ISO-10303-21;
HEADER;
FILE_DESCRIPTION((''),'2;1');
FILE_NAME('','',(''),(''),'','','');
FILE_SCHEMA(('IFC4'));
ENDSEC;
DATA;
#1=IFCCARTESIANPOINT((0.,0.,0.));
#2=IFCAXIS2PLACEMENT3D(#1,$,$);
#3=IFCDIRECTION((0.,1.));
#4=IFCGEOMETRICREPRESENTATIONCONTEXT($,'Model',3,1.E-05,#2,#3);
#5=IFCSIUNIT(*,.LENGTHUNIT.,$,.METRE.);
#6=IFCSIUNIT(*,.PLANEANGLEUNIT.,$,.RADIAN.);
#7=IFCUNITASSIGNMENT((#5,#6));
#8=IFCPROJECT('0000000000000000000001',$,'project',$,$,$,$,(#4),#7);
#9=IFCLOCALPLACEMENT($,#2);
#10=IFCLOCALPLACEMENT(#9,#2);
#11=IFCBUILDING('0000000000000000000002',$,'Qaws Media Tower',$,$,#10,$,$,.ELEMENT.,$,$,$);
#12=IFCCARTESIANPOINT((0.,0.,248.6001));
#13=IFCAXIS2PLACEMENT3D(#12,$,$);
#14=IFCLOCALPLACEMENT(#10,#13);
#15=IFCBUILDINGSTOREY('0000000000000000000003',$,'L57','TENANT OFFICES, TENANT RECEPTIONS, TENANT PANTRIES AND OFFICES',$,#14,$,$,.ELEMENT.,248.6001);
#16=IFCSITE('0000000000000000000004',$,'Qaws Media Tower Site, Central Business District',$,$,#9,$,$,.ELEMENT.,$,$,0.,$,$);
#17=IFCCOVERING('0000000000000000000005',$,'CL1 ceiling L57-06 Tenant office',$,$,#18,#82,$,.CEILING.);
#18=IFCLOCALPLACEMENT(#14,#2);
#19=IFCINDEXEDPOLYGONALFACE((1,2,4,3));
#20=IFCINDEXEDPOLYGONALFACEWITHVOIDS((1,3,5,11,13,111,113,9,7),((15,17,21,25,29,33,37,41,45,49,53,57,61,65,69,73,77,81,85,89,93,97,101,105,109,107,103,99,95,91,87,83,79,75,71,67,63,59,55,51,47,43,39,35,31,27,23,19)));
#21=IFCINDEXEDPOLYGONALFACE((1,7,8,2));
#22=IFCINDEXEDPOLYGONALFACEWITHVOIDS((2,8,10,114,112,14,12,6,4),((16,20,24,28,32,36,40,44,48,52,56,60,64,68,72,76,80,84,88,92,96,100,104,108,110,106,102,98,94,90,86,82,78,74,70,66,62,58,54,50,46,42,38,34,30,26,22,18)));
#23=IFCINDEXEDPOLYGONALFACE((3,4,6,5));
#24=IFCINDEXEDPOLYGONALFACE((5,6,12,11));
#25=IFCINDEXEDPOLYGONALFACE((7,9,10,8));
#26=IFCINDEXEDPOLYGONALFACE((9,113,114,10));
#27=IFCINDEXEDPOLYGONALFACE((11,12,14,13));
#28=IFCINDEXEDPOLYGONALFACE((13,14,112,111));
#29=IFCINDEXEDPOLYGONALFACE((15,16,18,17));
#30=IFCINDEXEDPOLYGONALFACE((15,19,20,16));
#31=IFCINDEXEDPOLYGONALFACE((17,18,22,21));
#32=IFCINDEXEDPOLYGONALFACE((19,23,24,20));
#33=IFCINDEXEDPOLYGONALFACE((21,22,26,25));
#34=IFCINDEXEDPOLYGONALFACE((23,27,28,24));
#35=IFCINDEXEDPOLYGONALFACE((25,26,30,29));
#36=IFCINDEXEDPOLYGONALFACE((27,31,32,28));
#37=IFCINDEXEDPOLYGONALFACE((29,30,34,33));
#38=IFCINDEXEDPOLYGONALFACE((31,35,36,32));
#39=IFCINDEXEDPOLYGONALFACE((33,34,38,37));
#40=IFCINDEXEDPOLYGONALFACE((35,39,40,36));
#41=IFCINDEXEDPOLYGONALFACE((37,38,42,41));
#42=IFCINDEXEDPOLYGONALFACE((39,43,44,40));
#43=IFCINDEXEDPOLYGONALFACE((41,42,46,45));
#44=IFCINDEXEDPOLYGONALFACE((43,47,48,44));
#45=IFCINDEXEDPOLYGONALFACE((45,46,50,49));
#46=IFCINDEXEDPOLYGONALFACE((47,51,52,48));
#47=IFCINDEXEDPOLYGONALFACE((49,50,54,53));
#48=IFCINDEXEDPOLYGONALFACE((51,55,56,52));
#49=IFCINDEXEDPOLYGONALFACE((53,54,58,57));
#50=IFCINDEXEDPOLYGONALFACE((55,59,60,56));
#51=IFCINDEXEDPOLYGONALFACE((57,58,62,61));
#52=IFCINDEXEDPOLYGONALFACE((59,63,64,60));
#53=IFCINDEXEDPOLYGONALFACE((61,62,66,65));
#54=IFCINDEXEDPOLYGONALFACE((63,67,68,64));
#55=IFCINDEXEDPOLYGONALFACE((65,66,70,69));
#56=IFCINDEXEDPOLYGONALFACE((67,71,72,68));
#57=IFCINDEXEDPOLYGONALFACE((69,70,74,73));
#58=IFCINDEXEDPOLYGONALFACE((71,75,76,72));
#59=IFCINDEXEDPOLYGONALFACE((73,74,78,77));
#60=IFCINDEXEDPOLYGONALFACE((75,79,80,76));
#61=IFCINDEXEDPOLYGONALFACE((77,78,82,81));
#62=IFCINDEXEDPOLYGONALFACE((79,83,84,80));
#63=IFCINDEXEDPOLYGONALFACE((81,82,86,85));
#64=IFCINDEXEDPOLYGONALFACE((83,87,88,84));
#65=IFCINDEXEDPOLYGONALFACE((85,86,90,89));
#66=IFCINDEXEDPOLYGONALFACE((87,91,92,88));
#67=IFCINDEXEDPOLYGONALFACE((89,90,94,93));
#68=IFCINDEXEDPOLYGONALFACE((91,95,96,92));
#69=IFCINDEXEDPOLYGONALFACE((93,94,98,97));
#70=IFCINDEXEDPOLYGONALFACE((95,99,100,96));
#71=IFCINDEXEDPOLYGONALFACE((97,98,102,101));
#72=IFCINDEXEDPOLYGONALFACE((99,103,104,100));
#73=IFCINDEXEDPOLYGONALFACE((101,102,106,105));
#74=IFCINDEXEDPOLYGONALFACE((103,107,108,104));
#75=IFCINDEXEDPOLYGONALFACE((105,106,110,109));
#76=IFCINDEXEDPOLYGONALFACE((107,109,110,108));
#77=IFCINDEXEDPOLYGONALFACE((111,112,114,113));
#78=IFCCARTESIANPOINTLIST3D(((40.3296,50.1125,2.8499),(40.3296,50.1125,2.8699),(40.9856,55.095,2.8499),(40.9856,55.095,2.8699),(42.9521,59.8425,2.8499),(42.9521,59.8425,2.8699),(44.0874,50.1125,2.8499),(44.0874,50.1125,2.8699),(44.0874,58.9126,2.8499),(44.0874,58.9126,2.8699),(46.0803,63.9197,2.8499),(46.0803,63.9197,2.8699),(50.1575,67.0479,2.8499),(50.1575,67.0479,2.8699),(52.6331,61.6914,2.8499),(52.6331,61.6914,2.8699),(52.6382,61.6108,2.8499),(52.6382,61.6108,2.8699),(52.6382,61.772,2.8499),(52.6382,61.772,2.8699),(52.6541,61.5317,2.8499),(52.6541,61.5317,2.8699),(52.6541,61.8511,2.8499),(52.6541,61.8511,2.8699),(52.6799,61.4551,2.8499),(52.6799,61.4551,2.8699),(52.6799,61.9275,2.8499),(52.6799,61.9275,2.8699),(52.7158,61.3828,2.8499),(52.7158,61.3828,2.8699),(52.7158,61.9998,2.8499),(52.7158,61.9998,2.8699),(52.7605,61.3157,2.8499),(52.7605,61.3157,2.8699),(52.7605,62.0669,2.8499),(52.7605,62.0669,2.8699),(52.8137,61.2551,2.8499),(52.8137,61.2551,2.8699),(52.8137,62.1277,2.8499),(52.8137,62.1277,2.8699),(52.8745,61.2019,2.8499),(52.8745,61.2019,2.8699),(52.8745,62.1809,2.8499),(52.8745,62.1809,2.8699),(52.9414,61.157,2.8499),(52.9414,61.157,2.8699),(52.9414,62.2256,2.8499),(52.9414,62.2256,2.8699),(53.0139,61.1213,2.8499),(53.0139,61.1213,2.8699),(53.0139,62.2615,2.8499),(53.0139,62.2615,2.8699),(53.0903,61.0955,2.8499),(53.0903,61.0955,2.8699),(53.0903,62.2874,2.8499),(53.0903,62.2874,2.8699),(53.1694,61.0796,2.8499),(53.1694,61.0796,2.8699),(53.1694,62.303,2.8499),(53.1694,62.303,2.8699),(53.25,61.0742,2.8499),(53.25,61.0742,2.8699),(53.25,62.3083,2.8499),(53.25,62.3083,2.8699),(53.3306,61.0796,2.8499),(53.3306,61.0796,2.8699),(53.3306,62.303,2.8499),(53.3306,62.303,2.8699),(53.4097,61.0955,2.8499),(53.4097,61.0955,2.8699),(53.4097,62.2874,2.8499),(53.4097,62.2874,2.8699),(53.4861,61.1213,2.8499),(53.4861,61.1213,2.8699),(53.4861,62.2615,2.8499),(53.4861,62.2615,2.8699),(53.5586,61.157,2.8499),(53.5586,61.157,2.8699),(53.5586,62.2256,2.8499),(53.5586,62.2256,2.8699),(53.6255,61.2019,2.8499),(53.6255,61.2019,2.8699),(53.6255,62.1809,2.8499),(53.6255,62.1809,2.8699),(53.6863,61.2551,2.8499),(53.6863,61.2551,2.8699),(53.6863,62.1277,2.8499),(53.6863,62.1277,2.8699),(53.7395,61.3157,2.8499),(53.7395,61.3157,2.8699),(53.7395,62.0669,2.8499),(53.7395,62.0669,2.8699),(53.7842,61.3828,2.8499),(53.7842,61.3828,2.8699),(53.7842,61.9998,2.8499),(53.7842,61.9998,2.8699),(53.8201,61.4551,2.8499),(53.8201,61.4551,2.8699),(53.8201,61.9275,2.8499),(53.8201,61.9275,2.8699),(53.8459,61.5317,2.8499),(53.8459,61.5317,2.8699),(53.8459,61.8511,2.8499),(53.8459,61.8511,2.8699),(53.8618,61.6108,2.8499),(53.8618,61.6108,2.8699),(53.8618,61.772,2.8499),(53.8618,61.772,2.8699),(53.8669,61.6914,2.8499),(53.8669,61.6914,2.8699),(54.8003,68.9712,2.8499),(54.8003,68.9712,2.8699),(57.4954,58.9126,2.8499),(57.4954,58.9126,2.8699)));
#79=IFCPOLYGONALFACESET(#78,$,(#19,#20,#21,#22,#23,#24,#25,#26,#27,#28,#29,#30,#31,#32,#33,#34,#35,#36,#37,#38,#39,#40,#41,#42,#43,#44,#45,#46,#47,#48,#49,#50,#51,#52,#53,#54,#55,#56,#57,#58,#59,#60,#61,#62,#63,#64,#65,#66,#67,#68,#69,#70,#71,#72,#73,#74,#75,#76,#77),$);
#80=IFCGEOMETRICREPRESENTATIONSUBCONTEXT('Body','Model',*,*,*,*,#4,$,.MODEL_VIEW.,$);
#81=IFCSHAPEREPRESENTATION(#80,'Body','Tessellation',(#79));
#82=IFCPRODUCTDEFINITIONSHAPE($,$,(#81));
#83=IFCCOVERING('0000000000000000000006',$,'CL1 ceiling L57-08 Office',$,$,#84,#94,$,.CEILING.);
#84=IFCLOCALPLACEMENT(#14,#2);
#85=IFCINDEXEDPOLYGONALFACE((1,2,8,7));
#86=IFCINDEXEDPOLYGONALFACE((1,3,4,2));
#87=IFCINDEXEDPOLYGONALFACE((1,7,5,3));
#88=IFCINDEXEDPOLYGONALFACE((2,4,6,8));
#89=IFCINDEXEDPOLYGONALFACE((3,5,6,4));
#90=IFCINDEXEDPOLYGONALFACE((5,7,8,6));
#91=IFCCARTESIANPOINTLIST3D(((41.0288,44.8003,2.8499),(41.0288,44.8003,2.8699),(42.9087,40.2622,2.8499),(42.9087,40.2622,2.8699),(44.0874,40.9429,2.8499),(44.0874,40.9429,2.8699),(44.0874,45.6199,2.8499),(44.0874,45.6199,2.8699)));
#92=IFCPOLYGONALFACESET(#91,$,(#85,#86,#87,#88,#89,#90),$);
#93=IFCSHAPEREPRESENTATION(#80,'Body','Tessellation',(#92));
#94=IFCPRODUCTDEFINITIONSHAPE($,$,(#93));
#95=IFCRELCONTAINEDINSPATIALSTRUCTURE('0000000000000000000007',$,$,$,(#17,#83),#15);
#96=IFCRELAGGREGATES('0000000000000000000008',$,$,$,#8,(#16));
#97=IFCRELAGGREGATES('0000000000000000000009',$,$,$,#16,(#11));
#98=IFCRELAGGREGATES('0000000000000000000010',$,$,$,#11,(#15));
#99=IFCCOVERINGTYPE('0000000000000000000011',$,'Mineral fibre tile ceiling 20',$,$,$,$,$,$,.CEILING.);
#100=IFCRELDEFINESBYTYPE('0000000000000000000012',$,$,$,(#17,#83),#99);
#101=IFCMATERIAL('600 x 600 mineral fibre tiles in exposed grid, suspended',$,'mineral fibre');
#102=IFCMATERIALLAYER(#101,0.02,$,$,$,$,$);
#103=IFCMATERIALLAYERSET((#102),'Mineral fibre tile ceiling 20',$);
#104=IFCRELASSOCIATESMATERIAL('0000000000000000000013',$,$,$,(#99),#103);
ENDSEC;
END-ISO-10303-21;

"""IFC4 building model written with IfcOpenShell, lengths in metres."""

from ifc_helpers import new_model, si_unit, direction, frame, origin, place, context, subcontext, project, spatial, polyline, outline, extrude, material, layer, layer_set, type_object, element, save


model = new_model("IFC4")

# Units and contexts
model_context = context("Model", 3, precision=1e-05, world=origin(), true_north=direction((0.0, 1.0)))
body_context = subcontext(model_context, "Body", "Model", "MODEL_VIEW")
ifc_project = project(units=[si_unit("LENGTHUNIT", "METRE"), si_unit("PLANEANGLEUNIT", "RADIAN")], contexts=[model_context])

# Site, building, storey
site_placement = place(None, origin())
site = spatial("IfcSite", under=ifc_project, at=site_placement, Name="Qaws Media Tower Site, Central Business District", CompositionType="ELEMENT", RefElevation=0.0)
building_placement = place(site_placement, origin())
building = spatial("IfcBuilding", under=site, at=building_placement, Name="Qaws Media Tower", CompositionType="ELEMENT")
storey_placement = place(building_placement, frame((0.0, 0.0, 248.6001)))
storey = spatial("IfcBuildingStorey", under=building, at=storey_placement, Name="L57", Description="TENANT OFFICES, TENANT RECEPTIONS, TENANT PANTRIES AND OFFICES", CompositionType="ELEMENT", Elevation=248.6001)

# Coverings
ifc_material_1 = material(Name="600 x 600 mineral fibre tiles in exposed grid, suspended", Category="mineral fibre")
ifc_layer_1 = layer(ifc_material_1, 0.02)
ifc_layer_set_1 = layer_set([ifc_layer_1], Name="Mineral fibre tile ceiling 20")
covering_type_1 = type_object("IfcCoveringType", Name="Mineral fibre tile ceiling 20", PredefinedType="CEILING", material=ifc_layer_set_1)
covering_1_placement = place(storey_placement, frame((0.0, 0.0, 2.8499)))
element("IfcCovering", 1, at=covering_1_placement, inside=storey, type_object=covering_type_1, Name="CL1 ceiling L57-06 Tenant office", PredefinedType="CEILING", context=body_context, shape_type="SweptSolid", body=[
    extrude(outline(polyline([(40.9856, 55.095), (42.9521, 59.8425), (46.0803, 63.9197), (50.1575, 67.0479), (54.8003, 68.9712), (57.4954, 58.9126), (44.0874, 58.9126), (44.0874, 50.1125), (40.3296, 50.1125), (40.9856, 55.095)]), holes=[polyline([(53.8201, 61.4551), (53.8459, 61.5317), (53.8618, 61.6108), (53.8669, 61.6914), (53.8618, 61.772), (53.8459, 61.8511), (53.8201, 61.9275), (53.7842, 61.9998), (53.7395, 62.0669), (53.6863, 62.1277), (53.6255, 62.1809), (53.5586, 62.2256), (53.4861, 62.2615), (53.4097, 62.2874), (53.3306, 62.303), (53.25, 62.3083), (53.1694, 62.303), (53.0903, 62.2874), (53.0139, 62.2615), (52.9414, 62.2256), (52.8745, 62.1809), (52.8137, 62.1277), (52.7605, 62.0669), (52.7158, 61.9998), (52.6799, 61.9275), (52.6541, 61.8511), (52.6382, 61.772), (52.6331, 61.6914), (52.6382, 61.6108), (52.6541, 61.5317), (52.6799, 61.4551), (52.7158, 61.3828), (52.7605, 61.3157), (52.8137, 61.2551), (52.8745, 61.2019), (52.9414, 61.157), (53.0139, 61.1213), (53.0903, 61.0955), (53.1694, 61.0796), (53.25, 61.0742), (53.3306, 61.0796), (53.4097, 61.0955), (53.4861, 61.1213), (53.5586, 61.157), (53.6255, 61.2019), (53.6863, 61.2551), (53.7395, 61.3157), (53.7842, 61.3828), (53.8201, 61.4551)])]), origin(), (0.0, 0.0, 1.0), 0.02),
])
covering_2_placement = place(storey_placement, frame((0.0, 0.0, 2.8499)))
element("IfcCovering", 2, at=covering_2_placement, inside=storey, type_object=covering_type_1, Name="CL1 ceiling L57-08 Office", PredefinedType="CEILING", context=body_context, shape_type="SweptSolid", body=[
    extrude(outline(polyline([(41.0288, 44.8003), (44.0874, 45.6199), (44.0874, 40.9429), (42.9087, 40.2622), (41.0288, 44.8003)])), origin(), (0.0, 0.0, 1.0), 0.02),
])

save(model, "model.ifc")
